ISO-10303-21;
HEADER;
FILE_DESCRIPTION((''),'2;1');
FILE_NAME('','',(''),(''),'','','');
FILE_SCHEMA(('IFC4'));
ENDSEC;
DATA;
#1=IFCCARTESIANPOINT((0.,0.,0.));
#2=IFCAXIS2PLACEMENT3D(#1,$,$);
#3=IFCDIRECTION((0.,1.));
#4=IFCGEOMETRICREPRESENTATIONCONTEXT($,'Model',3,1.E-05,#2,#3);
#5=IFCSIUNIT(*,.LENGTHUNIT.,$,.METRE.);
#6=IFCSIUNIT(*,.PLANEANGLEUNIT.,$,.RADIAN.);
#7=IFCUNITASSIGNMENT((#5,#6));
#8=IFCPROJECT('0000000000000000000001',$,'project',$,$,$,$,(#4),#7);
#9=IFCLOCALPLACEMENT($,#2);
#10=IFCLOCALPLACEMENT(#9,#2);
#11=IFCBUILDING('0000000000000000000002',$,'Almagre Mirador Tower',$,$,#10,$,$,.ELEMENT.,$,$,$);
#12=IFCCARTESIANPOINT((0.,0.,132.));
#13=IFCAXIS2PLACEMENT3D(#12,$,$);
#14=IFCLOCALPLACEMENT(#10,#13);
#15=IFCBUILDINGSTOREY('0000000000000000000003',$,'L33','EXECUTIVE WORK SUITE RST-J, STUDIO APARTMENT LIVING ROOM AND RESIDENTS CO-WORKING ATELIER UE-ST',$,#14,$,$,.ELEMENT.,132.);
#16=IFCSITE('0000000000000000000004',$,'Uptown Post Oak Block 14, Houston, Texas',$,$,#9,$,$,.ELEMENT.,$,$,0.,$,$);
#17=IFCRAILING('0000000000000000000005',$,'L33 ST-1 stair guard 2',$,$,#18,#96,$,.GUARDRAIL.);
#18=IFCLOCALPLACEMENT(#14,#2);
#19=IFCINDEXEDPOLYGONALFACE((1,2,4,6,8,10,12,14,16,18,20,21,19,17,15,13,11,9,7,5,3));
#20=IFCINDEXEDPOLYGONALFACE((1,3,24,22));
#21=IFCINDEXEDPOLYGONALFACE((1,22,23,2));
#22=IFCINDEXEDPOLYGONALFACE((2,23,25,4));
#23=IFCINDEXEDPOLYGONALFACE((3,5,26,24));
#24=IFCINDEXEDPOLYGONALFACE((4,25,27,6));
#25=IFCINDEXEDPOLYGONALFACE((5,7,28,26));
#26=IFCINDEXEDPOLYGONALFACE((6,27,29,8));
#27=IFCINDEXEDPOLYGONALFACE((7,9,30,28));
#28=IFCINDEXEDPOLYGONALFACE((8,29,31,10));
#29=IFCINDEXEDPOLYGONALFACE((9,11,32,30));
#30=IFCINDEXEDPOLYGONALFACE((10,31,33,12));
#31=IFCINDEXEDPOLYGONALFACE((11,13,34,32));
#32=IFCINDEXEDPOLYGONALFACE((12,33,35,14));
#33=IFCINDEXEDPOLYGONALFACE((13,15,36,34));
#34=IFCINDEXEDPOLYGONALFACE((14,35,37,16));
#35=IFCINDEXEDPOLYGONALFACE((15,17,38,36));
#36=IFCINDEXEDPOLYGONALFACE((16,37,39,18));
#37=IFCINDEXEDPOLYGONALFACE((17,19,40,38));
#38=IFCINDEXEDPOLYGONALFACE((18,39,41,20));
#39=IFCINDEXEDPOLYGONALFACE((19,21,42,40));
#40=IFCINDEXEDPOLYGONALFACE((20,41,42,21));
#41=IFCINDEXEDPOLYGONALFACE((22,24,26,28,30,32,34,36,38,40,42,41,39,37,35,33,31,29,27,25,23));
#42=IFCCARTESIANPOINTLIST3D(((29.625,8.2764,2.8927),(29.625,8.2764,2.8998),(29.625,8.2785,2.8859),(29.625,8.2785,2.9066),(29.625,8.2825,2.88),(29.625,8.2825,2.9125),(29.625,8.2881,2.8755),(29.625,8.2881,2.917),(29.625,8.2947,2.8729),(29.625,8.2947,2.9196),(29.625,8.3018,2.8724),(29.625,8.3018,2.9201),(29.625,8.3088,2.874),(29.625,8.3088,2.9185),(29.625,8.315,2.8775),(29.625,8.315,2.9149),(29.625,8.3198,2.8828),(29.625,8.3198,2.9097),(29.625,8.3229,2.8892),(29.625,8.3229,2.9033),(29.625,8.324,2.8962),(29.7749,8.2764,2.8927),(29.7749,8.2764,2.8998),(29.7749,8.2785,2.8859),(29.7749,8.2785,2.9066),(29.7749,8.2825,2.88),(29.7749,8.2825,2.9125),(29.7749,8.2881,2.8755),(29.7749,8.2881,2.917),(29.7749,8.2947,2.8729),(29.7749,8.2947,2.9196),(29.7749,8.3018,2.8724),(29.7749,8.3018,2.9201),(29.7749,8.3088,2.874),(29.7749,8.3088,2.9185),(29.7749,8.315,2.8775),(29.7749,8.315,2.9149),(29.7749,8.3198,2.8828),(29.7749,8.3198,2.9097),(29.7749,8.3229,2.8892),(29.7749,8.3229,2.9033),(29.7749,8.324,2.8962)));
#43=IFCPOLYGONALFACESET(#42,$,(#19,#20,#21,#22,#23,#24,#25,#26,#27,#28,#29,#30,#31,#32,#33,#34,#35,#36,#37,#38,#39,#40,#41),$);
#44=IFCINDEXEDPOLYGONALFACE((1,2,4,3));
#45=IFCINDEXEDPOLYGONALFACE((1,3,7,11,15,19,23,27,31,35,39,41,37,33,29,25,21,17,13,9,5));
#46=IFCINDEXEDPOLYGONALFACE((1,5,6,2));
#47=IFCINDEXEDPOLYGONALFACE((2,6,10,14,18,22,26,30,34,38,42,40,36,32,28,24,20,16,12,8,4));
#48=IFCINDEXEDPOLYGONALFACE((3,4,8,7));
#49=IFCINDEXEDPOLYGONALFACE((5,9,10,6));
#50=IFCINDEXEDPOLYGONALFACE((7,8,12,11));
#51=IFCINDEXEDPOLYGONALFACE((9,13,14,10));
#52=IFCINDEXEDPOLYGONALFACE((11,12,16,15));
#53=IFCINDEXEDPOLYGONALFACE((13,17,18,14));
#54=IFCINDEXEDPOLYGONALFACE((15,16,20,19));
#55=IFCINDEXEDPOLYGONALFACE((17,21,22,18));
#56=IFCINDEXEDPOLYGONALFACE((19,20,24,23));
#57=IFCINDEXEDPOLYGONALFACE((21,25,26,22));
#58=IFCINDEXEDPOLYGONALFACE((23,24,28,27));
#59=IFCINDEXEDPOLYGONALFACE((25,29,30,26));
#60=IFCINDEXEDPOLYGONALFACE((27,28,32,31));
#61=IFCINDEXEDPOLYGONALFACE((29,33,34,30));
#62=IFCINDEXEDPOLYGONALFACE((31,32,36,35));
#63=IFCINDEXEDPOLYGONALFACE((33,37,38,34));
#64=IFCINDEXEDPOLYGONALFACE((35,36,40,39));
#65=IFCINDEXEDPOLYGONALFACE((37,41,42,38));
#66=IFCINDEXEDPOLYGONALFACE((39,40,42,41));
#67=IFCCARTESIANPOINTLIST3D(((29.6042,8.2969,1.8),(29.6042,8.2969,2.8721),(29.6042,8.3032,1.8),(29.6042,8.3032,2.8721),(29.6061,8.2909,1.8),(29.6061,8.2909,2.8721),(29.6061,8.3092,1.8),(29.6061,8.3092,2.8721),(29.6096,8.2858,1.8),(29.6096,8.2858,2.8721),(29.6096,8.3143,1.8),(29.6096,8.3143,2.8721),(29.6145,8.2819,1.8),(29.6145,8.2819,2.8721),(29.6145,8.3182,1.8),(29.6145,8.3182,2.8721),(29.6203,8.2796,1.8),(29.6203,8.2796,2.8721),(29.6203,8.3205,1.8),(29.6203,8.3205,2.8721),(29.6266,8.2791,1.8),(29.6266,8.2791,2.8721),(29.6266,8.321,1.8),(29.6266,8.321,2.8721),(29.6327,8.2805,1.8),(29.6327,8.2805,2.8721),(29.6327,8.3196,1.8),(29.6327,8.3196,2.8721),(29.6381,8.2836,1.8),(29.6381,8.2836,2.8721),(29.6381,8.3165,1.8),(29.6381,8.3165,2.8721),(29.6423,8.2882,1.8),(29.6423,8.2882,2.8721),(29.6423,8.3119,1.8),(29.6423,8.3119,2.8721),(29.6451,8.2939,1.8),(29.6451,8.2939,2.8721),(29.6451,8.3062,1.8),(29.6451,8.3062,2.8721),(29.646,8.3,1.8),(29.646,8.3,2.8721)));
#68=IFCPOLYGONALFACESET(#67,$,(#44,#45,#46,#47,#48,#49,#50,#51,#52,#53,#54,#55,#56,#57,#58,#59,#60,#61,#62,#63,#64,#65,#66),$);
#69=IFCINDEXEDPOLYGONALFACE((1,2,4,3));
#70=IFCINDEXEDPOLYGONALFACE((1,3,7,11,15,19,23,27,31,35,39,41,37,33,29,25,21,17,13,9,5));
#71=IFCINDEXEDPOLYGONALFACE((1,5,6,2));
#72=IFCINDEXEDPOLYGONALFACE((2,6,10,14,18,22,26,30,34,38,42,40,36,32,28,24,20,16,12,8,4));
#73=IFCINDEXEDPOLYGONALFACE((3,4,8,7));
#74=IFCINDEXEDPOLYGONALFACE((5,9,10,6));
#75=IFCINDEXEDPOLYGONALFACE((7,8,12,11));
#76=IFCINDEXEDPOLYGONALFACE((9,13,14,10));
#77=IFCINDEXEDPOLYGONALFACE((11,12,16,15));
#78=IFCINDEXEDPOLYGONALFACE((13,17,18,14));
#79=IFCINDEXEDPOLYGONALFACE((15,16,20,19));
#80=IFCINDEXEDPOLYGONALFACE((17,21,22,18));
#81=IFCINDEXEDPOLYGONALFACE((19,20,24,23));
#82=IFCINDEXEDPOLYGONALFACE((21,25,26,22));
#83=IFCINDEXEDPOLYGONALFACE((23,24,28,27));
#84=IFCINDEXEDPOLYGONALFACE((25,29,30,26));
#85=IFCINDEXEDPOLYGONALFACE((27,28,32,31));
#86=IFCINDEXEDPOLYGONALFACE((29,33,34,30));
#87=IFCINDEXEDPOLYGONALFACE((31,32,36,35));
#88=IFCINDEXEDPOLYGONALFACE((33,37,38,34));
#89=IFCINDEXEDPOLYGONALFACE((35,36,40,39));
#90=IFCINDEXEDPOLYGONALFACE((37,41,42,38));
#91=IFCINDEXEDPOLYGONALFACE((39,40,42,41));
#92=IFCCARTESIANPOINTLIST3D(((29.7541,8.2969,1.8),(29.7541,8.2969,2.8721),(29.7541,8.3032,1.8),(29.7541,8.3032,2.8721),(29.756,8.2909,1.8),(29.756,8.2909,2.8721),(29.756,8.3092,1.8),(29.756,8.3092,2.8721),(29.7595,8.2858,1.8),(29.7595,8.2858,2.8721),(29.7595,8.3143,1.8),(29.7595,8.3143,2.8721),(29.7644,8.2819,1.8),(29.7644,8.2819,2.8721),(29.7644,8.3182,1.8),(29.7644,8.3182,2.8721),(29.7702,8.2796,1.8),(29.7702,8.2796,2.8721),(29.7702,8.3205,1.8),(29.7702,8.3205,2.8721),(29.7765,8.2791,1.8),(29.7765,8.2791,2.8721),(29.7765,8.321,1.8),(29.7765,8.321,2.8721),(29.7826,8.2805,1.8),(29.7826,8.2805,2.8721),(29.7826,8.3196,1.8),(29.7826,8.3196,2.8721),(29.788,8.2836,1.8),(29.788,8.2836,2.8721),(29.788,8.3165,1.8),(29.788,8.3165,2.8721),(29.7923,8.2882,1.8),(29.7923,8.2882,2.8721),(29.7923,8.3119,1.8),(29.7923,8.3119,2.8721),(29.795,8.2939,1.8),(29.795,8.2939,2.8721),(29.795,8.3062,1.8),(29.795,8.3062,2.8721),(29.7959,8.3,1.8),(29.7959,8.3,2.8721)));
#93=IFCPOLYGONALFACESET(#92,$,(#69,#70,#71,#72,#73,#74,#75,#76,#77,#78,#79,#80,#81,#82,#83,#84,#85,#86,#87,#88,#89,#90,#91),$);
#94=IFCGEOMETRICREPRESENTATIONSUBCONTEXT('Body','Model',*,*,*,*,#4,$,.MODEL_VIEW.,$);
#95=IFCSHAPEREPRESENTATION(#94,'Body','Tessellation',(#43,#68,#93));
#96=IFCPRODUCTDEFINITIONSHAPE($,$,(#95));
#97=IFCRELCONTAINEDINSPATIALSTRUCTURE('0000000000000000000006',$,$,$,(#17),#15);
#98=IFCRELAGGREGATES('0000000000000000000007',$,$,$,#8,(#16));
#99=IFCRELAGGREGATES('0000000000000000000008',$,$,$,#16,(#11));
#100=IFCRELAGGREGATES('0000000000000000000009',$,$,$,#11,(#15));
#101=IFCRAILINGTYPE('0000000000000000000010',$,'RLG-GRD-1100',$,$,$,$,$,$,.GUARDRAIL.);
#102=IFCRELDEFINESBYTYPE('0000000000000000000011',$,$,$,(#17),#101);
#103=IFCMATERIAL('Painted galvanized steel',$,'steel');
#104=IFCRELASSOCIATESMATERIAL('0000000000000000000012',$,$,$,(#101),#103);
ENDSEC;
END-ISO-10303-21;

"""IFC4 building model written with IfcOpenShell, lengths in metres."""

from ifc_helpers import new_model, si_unit, direction, frame, origin, origin_2d, place, context, subcontext, project, spatial, circle, extrude, material, type_object, element, save


model = new_model("IFC4")

# Units and contexts
model_context = context("Model", 3, precision=1e-05, world=origin(), true_north=direction((0.0, 1.0)))
body_context = subcontext(model_context, "Body", "Model", "MODEL_VIEW")
ifc_project = project(units=[si_unit("LENGTHUNIT", "METRE"), si_unit("PLANEANGLEUNIT", "RADIAN")], contexts=[model_context])

# Site, building, storey
site_placement = place(None, origin())
site = spatial("IfcSite", under=ifc_project, at=site_placement, Name="Uptown Post Oak Block 14, Houston, Texas", CompositionType="ELEMENT", RefElevation=0.0)
building_placement = place(site_placement, origin())
building = spatial("IfcBuilding", under=site, at=building_placement, Name="Almagre Mirador Tower", CompositionType="ELEMENT")
storey_placement = place(building_placement, frame((0.0, 0.0, 132.0)))
storey = spatial("IfcBuildingStorey", under=building, at=storey_placement, Name="L33", Description="EXECUTIVE WORK SUITE RST-J, STUDIO APARTMENT LIVING ROOM AND RESIDENTS CO-WORKING ATELIER UE-ST", CompositionType="ELEMENT", Elevation=132.0)

# Railing
ifc_material_1 = material(Name="Painted galvanized steel", Category="steel")
railing_type_1 = type_object("IfcRailingType", Name="RLG-GRD-1100", PredefinedType="GUARDRAIL", material=ifc_material_1)
railing_1_placement = place(storey_placement, frame((29.625, 8.3, 1.8)))
element("IfcRailing", 1, at=railing_1_placement, inside=storey, type_object=railing_type_1, Name="L33 ST-1 stair guard 2", PredefinedType="GUARDRAIL", context=body_context, shape_type="SweptSolid", body=[
    extrude(circle(Radius=0.0239, at=origin_2d()), frame((0.0, 0.0, 1.0962), z_axis=(1.0, 0.0, 0.0), x_axis=(0.0, 1.0, 0.0)), (0.0, 0.0, 1.0), 0.1499),
    extrude(circle(Radius=0.021, at=origin_2d()), origin(), (0.0, 0.0, 1.0), 1.072),
    extrude(circle(Radius=0.021, at=origin_2d()), frame((0.1499, 0.0, 0.0)), (0.0, 0.0, 1.0), 1.072),
])

save(model, "model.ifc")
